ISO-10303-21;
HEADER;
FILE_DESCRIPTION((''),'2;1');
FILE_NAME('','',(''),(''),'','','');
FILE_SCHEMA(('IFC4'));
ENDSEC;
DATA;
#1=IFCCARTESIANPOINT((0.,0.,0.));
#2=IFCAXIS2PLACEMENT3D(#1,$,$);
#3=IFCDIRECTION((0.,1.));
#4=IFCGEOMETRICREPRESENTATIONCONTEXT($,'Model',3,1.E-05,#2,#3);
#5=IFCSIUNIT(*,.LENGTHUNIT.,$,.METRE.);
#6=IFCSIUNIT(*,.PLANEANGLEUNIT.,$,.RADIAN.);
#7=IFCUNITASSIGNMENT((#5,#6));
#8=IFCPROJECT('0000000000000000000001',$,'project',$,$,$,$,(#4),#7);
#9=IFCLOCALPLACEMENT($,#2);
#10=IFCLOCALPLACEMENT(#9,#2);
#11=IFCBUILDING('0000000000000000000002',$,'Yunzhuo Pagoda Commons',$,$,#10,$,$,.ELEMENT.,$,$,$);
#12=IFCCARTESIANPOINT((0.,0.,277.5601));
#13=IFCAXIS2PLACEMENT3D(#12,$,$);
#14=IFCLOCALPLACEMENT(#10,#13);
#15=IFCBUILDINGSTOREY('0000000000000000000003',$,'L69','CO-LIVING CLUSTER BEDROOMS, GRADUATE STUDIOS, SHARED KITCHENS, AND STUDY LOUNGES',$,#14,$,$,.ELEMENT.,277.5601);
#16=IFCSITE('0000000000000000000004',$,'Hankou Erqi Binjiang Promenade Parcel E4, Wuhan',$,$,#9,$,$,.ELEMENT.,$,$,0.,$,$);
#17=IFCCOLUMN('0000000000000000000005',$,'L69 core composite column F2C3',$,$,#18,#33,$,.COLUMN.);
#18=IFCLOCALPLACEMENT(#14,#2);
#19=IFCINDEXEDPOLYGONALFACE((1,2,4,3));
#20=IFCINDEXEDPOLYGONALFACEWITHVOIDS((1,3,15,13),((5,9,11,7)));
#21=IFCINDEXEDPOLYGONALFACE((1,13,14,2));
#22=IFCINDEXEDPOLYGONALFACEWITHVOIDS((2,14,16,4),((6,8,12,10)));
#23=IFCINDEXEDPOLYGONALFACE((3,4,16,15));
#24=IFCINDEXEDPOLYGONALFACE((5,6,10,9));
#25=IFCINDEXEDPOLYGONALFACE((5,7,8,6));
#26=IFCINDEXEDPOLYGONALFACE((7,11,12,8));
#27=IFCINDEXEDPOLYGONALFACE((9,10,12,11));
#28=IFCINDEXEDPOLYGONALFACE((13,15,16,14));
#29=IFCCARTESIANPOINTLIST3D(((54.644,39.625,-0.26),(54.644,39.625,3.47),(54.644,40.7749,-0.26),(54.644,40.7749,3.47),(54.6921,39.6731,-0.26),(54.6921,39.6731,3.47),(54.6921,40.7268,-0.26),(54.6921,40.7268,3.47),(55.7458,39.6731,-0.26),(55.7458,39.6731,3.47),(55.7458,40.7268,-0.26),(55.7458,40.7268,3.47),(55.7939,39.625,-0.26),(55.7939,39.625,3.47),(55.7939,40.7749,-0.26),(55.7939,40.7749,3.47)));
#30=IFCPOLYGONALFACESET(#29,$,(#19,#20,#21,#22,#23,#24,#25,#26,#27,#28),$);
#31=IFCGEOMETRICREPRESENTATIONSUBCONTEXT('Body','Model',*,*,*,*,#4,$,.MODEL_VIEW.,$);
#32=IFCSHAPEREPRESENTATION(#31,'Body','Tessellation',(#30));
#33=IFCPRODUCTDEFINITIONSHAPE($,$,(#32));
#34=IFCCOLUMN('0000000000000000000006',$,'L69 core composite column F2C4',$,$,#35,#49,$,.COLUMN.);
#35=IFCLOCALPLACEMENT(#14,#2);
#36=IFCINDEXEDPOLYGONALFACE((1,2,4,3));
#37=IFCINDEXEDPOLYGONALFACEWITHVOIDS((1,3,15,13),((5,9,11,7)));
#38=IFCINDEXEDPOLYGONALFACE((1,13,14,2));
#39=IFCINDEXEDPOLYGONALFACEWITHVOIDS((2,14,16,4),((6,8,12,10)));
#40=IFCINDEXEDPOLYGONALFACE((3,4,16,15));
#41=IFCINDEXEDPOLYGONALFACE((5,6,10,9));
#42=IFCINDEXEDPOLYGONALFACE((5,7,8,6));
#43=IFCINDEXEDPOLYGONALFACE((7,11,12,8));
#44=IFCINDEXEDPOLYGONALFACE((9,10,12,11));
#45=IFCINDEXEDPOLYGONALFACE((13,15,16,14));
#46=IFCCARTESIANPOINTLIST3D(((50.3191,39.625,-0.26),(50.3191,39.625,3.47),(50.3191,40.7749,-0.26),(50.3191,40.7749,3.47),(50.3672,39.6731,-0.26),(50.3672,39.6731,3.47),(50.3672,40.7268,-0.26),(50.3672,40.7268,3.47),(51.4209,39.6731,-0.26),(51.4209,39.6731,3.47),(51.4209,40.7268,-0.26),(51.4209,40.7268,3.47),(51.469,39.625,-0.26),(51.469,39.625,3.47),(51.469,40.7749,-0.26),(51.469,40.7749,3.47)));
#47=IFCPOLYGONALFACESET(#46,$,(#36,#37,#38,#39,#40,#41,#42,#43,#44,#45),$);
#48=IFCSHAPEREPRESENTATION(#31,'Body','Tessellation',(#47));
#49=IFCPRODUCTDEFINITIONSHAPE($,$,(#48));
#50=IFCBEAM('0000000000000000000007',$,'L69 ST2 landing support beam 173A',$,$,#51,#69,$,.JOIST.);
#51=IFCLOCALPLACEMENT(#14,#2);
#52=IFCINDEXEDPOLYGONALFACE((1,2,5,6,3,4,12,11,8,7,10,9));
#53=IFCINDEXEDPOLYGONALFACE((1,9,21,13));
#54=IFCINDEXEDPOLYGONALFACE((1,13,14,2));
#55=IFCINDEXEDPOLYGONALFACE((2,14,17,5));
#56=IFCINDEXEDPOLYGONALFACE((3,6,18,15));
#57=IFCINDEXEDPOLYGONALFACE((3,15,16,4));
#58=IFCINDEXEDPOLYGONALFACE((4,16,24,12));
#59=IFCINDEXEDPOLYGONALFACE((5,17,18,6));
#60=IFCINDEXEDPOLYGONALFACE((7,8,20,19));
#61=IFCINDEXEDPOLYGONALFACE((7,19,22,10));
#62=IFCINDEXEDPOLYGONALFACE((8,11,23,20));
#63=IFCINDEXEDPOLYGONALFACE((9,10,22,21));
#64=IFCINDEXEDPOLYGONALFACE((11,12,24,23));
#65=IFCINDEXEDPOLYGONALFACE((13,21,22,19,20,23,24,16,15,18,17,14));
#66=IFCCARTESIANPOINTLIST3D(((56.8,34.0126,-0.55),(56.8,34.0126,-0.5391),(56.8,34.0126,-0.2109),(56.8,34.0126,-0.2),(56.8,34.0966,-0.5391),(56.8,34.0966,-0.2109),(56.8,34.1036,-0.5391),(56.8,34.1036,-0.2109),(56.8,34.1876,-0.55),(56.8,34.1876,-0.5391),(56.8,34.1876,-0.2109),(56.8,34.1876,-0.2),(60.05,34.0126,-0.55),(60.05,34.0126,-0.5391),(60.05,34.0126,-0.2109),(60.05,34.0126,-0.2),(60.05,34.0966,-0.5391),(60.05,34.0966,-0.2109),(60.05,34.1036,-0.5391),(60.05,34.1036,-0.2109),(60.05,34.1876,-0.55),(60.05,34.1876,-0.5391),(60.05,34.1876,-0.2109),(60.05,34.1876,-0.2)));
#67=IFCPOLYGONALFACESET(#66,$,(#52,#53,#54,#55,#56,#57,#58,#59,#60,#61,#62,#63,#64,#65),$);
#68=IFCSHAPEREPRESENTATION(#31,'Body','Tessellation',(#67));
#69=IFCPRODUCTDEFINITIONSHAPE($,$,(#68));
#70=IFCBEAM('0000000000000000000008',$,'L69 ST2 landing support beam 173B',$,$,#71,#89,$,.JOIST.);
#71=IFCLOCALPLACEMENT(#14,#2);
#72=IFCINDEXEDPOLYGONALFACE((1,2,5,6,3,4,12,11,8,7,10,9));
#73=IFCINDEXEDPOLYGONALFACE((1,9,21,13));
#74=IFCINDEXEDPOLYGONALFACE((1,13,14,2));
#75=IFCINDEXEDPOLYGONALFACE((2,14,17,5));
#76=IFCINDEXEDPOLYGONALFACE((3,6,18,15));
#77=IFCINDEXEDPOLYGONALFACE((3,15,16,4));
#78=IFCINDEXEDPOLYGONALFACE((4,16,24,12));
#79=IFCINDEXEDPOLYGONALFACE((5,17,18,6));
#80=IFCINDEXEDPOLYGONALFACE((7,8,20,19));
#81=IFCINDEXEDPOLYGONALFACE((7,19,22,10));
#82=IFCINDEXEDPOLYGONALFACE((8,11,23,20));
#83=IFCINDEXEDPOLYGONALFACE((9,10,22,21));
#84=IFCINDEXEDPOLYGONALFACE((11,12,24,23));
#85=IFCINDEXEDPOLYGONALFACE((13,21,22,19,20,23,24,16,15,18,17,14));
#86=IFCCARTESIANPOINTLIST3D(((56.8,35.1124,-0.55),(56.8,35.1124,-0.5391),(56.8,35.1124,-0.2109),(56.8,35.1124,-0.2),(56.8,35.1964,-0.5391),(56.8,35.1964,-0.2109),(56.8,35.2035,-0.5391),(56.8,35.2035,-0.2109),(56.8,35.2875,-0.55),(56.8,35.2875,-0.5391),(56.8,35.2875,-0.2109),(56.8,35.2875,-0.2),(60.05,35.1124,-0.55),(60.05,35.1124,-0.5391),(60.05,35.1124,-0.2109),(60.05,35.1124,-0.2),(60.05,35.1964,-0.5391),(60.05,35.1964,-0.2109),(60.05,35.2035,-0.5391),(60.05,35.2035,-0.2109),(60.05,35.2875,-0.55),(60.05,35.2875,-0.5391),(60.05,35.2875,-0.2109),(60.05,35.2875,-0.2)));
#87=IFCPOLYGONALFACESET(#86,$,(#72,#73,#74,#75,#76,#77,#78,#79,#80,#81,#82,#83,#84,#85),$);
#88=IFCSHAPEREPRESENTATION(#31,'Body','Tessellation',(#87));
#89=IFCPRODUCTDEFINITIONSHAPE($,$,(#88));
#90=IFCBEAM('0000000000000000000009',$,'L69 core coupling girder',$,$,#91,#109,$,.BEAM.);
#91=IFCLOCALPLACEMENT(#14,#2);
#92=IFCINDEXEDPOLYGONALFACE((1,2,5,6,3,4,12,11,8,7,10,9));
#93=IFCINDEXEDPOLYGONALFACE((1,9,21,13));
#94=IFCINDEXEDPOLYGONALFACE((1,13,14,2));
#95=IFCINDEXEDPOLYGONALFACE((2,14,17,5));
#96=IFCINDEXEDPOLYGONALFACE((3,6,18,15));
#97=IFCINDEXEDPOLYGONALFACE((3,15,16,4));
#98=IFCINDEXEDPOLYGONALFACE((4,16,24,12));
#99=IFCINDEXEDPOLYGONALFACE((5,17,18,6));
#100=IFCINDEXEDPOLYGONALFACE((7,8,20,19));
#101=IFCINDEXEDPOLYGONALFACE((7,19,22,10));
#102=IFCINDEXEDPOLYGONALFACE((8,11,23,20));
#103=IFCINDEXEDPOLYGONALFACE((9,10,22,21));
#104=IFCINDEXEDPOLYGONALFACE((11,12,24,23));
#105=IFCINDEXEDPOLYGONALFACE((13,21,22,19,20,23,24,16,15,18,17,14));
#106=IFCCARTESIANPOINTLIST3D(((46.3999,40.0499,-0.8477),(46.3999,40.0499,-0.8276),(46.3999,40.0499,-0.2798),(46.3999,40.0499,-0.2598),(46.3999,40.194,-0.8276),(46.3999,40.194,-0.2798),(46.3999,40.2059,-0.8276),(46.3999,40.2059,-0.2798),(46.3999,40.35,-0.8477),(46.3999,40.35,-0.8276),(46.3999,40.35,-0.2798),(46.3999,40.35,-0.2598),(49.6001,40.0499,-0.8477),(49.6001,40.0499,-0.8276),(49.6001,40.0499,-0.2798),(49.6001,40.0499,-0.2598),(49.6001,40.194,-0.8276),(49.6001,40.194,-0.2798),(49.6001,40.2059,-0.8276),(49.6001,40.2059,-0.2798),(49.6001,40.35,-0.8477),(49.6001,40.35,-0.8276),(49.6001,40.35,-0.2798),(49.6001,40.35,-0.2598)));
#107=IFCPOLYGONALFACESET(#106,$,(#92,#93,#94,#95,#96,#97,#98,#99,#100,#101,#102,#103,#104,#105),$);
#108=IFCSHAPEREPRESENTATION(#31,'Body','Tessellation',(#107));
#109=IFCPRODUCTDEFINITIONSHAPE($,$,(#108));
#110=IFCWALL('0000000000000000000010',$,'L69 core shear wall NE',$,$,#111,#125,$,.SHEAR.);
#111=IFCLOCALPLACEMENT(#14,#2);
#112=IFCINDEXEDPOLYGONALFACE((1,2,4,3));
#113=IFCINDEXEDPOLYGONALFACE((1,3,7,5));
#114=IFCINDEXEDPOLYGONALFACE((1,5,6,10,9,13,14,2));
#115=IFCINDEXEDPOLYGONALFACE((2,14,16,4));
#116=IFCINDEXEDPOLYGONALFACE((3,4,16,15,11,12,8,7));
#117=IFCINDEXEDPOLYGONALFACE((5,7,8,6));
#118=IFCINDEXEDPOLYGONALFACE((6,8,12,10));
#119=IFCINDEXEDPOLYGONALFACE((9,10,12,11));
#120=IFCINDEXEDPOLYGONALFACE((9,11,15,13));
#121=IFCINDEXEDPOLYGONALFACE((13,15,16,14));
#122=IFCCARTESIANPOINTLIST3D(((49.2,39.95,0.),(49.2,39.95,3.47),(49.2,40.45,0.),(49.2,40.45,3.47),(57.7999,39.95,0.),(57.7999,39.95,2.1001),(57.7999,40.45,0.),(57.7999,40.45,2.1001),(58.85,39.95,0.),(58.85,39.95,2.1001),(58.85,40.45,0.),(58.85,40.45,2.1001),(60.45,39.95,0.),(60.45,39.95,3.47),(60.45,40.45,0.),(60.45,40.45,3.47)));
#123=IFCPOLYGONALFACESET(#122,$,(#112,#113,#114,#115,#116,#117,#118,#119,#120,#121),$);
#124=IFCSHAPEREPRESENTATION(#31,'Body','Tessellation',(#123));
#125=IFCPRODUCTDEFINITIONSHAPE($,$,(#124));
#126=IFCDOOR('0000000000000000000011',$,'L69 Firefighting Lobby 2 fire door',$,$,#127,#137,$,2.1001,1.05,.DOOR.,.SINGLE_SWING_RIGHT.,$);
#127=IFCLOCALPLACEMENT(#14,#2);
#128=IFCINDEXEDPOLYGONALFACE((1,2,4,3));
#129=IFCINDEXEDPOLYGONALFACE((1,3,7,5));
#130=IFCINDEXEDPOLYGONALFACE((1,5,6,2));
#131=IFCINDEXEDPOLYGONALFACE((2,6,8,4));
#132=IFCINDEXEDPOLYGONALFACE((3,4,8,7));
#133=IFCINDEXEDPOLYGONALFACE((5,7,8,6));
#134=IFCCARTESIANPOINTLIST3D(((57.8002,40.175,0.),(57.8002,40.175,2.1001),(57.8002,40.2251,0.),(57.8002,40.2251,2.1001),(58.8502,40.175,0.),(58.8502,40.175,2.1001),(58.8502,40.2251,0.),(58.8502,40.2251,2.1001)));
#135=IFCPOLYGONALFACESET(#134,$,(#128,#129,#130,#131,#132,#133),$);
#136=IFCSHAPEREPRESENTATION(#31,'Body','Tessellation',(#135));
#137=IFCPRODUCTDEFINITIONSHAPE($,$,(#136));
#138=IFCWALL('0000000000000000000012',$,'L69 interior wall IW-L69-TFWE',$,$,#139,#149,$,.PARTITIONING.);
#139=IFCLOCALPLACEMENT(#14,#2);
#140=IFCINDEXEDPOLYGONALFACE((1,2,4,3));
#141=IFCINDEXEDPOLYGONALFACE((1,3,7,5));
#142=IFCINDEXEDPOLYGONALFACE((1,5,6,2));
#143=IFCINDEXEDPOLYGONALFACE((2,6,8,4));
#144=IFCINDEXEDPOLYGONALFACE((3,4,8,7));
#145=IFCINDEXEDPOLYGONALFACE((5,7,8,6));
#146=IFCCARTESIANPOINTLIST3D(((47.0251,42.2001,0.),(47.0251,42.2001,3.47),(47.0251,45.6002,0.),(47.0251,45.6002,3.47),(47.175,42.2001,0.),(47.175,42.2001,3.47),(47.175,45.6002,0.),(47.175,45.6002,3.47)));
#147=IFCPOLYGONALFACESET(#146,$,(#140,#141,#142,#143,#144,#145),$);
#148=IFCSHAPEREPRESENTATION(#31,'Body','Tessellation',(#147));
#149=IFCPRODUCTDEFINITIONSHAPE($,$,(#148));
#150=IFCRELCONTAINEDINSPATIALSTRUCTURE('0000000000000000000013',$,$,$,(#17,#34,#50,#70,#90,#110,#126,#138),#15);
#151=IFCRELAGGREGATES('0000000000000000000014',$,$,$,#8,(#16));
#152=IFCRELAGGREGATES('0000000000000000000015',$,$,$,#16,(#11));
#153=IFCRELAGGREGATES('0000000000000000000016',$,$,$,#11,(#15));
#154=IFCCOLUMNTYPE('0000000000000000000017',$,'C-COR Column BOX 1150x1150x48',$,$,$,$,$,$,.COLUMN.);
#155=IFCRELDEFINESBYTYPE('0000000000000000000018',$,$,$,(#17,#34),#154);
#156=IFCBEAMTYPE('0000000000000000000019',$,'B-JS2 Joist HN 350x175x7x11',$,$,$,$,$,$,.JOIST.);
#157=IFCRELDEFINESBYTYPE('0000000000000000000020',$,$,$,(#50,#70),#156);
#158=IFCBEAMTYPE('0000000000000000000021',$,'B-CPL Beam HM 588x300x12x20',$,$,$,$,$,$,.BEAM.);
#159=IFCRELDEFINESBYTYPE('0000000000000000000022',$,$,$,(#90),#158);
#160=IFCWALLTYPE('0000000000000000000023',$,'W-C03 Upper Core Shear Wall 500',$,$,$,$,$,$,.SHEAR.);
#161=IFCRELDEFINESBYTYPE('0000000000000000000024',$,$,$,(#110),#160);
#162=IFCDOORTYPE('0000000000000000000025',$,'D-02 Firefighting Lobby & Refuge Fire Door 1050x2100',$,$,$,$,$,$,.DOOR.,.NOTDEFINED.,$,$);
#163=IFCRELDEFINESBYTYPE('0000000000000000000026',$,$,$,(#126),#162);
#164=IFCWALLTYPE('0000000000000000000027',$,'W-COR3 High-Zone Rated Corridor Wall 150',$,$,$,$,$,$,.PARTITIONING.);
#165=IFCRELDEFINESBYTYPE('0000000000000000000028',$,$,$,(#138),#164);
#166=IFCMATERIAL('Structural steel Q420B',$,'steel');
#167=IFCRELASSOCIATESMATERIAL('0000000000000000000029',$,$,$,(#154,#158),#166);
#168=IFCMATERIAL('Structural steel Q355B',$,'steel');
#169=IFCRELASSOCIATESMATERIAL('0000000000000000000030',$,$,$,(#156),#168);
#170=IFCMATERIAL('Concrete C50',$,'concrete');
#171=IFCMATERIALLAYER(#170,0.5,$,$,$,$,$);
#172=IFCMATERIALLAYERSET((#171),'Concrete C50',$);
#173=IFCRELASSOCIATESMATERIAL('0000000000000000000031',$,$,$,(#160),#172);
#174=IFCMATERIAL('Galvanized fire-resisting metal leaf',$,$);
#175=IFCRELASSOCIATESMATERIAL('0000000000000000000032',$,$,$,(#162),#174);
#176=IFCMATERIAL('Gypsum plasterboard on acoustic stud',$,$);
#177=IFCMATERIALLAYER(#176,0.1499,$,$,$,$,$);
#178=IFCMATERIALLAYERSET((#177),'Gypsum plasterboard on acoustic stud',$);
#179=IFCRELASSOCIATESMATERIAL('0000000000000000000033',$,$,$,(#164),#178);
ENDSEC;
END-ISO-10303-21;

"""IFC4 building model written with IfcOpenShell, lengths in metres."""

from ifc_helpers import new_model, si_unit, direction, frame, frame_2d, origin, origin_2d, place, context, subcontext, project, spatial, rectangle, hollow_rectangle, i_section, extrude, source, transform, mapped, material, layer, layer_set, material_profile, profile_set, type_object, element, fill, save


model = new_model("IFC4")

# Units and contexts
model_context = context("Model", 3, precision=1e-05, world=origin(), true_north=direction((0.0, 1.0)))
body_context = subcontext(model_context, "Body", "Model", "MODEL_VIEW")
ifc_project = project(units=[si_unit("LENGTHUNIT", "METRE"), si_unit("PLANEANGLEUNIT", "RADIAN")], contexts=[model_context])

# Site, building, storey
site_placement = place(None, origin())
site = spatial("IfcSite", under=ifc_project, at=site_placement, Name="Hankou Erqi Binjiang Promenade Parcel E4, Wuhan", CompositionType="ELEMENT", RefElevation=0.0)
building_placement = place(site_placement, origin())
building = spatial("IfcBuilding", under=site, at=building_placement, Name="Yunzhuo Pagoda Commons", CompositionType="ELEMENT")
storey_placement = place(building_placement, frame((0.0, 0.0, 277.5601)))
storey = spatial("IfcBuildingStorey", under=building, at=storey_placement, Name="L69", Description="CO-LIVING CLUSTER BEDROOMS, GRADUATE STUDIOS, SHARED KITCHENS, AND STUDY LOUNGES", CompositionType="ELEMENT", Elevation=277.5601)

# Columns
ifc_material_1 = material(Name="Structural steel Q420B", Category="steel")
ifc_material_profile_1 = material_profile(ifc_material_1, hollow_rectangle(XDim=1.1499, YDim=1.1499, WallThickness=0.0481, at=origin_2d()), Name="Structural steel Q420B")
ifc_profile_set_1 = profile_set([ifc_material_profile_1], Name="Structural steel Q420B")
column_type = type_object("IfcColumnType", Name="C-COR Column BOX 1150x1150x48", PredefinedType="COLUMN", material=ifc_profile_set_1)
shared_shape_1 = source(origin(), body_context, "Body", "SweptSolid", [
    extrude(hollow_rectangle(XDim=1.1499, YDim=1.1499, WallThickness=0.0481, at=origin_2d()), origin(), (0.0, 0.0, 1.0), 3.73),
])
for number, where, z_axis, x_axis, name in (
    (1, (55.219, 40.2, -0.26), (0.0, 0.0, 1.0), (1.0, 0.0, 0.0), "L69 core composite column F2C3"),
    (2, (50.894, 40.2, -0.26), (0.0, 0.0, 1.0), (1.0, 0.0, 0.0), "L69 core composite column F2C4"),
):
    element("IfcColumn", number, at=place(storey_placement, frame(where, z_axis=z_axis, x_axis=x_axis)), inside=storey, type_object=column_type, Name=name, PredefinedType="COLUMN", context=body_context, shape_type="MappedRepresentation", body=[
        mapped(shared_shape_1, transform((0.0, 0.0, 0.0), scale=1.0)),
    ])

# Beams
ifc_material_2 = material(Name="Structural steel Q355B", Category="steel")
ifc_material_profile_2 = material_profile(ifc_material_2, i_section(OverallWidth=0.175, OverallDepth=0.3501, WebThickness=0.0071, FlangeThickness=0.011, at=origin_2d()), Name="Structural steel Q355B")
ifc_profile_set_2 = profile_set([ifc_material_profile_2], Name="Structural steel Q355B")
beam_type_1 = type_object("IfcBeamType", Name="B-JS2 Joist HN 350x175x7x11", PredefinedType="JOIST", material=ifc_profile_set_2)
shared_shape_2 = source(origin(), body_context, "Body", "SweptSolid", [
    extrude(i_section(OverallWidth=0.175, OverallDepth=0.3501, WebThickness=0.0071, FlangeThickness=0.011, at=origin_2d()), origin(), (0.0, 0.0, 1.0), 3.25),
])
for number, where, z_axis, x_axis, name in (
    (3, (56.8, 34.1001, -0.375), (1.0, 0.0, 0.0), (0.0, 1.0, 0.0), "L69 ST2 landing support beam 173A"),
    (4, (56.8, 35.2, -0.375), (1.0, 0.0, 0.0), (0.0, 1.0, 0.0), "L69 ST2 landing support beam 173B"),
):
    element("IfcBeam", number, at=place(storey_placement, frame(where, z_axis=z_axis, x_axis=x_axis)), inside=storey, type_object=beam_type_1, Name=name, PredefinedType="JOIST", context=body_context, shape_type="MappedRepresentation", body=[
        mapped(shared_shape_2, transform((0.0, 0.0, 0.0), scale=1.0)),
    ])
ifc_material_profile_3 = material_profile(ifc_material_1, i_section(OverallWidth=0.3, OverallDepth=0.5879, WebThickness=0.012, FlangeThickness=0.02, at=origin_2d()), Name="Structural steel Q420B")
ifc_profile_set_3 = profile_set([ifc_material_profile_3], Name="Structural steel Q420B")
beam_type_2 = type_object("IfcBeamType", Name="B-CPL Beam HM 588x300x12x20", PredefinedType="BEAM", material=ifc_profile_set_3)
shared_shape_3 = source(origin(), body_context, "Body", "SweptSolid", [
    extrude(i_section(OverallWidth=0.3, OverallDepth=0.5879, WebThickness=0.012, FlangeThickness=0.02, at=origin_2d()), origin(), (0.0, 0.0, 1.0), 3.2002),
])
beam_placement = place(storey_placement, frame((46.3999, 40.2, -0.5537), z_axis=(1.0, 0.0, 0.0), x_axis=(0.0, 1.0, 0.0)))
element("IfcBeam", 5, at=beam_placement, inside=storey, type_object=beam_type_2, Name="L69 core coupling girder", PredefinedType="BEAM", context=body_context, shape_type="MappedRepresentation", body=[
    mapped(shared_shape_3, transform((0.0, 0.0, 0.0), scale=1.0)),
])

# Wall, opening, door
ifc_material_3 = material(Name="Concrete C50", Category="concrete")
ifc_layer_1 = layer(ifc_material_3, 0.5)
ifc_layer_set_1 = layer_set([ifc_layer_1], Name="Concrete C50")
wall_type_1 = type_object("IfcWallType", Name="W-C03 Upper Core Shear Wall 500", PredefinedType="SHEAR", material=ifc_layer_set_1)
wall_1_placement = place(storey_placement, frame((49.2, 40.2, 0.0), z_axis=(0.0, 0.0, 1.0), x_axis=(1.0, 0.0, 0.0)))
wall_1 = element("IfcWall", 6, at=wall_1_placement, inside=storey, type_object=wall_type_1, Name="L69 core shear wall NE", PredefinedType="SHEAR", context=body_context, shape_type="SweptSolid", body=[
    extrude(rectangle(XDim=11.25, YDim=0.5, at=frame_2d((5.625, 0.0))), origin(), (0.0, 0.0, 1.0), 3.47),
])
opening_1_placement = place(wall_1_placement, frame((8.6001, 0.0, 0.0)))
opening_1 = element("IfcOpeningElement", 7, at=opening_1_placement, cuts=wall_1, PredefinedType="OPENING", context=body_context, shape_type="SweptSolid", body=[
    extrude(rectangle(XDim=1.05, YDim=2.1001, at=frame_2d((0.5249, 1.05))), frame((0.0, 0.26, 0.0), z_axis=(0.0, -1.0, 0.0), x_axis=(1.0, 0.0, 0.0)), (0.0, 0.0, 1.0), 0.52),
])
ifc_material_4 = material(Name="Galvanized fire-resisting metal leaf")
door_type_1 = type_object("IfcDoorType", Name="D-02 Firefighting Lobby & Refuge Fire Door 1050x2100", OperationType="NOTDEFINED", PredefinedType="DOOR", material=ifc_material_4)
shared_shape_4 = source(origin(), body_context, "Body", "SweptSolid", [
    extrude(rectangle(XDim=1.05, YDim=2.1001, at=frame_2d((0.5249, 1.05))), frame((0.0, 0.0249, 0.0), z_axis=(0.0, -1.0, 0.0), x_axis=(1.0, 0.0, 0.0)), (0.0, 0.0, 1.0), 0.05),
])
door_1_placement = place(opening_1_placement, frame((1.05, 0.0, 0.0), z_axis=(0.0, 0.0, 1.0), x_axis=(-1.0, 0.0, 0.0)))
door_1 = element("IfcDoor", 8, at=door_1_placement, inside=storey, type_object=door_type_1, Name="L69 Firefighting Lobby 2 fire door", OperationType="SINGLE_SWING_RIGHT", OverallHeight=2.1001, OverallWidth=1.05, PredefinedType="DOOR", context=body_context, shape_type="MappedRepresentation", body=[
    mapped(shared_shape_4, transform((0.0, 0.0, 0.0), scale=1.0)),
])
fill(opening_1, door_1)

# Wall
ifc_material_5 = material(Name="Gypsum plasterboard on acoustic stud")
ifc_layer_2 = layer(ifc_material_5, 0.1499)
ifc_layer_set_2 = layer_set([ifc_layer_2], Name="Gypsum plasterboard on acoustic stud")
wall_type_2 = type_object("IfcWallType", Name="W-COR3 High-Zone Rated Corridor Wall 150", PredefinedType="PARTITIONING", material=ifc_layer_set_2)
wall_2_placement = place(storey_placement, frame((47.1001, 42.2, 0.0), z_axis=(0.0, 0.0, 1.0), x_axis=(0.0, 1.0, 0.0)))
element("IfcWall", 9, at=wall_2_placement, inside=storey, type_object=wall_type_2, Name="L69 interior wall IW-L69-TFWE", PredefinedType="PARTITIONING", context=body_context, shape_type="SweptSolid", body=[
    extrude(rectangle(XDim=3.4001, YDim=0.1499, at=frame_2d((1.7002, 0.0))), origin(), (0.0, 0.0, 1.0), 3.47),
])

save(model, "model.ifc")
